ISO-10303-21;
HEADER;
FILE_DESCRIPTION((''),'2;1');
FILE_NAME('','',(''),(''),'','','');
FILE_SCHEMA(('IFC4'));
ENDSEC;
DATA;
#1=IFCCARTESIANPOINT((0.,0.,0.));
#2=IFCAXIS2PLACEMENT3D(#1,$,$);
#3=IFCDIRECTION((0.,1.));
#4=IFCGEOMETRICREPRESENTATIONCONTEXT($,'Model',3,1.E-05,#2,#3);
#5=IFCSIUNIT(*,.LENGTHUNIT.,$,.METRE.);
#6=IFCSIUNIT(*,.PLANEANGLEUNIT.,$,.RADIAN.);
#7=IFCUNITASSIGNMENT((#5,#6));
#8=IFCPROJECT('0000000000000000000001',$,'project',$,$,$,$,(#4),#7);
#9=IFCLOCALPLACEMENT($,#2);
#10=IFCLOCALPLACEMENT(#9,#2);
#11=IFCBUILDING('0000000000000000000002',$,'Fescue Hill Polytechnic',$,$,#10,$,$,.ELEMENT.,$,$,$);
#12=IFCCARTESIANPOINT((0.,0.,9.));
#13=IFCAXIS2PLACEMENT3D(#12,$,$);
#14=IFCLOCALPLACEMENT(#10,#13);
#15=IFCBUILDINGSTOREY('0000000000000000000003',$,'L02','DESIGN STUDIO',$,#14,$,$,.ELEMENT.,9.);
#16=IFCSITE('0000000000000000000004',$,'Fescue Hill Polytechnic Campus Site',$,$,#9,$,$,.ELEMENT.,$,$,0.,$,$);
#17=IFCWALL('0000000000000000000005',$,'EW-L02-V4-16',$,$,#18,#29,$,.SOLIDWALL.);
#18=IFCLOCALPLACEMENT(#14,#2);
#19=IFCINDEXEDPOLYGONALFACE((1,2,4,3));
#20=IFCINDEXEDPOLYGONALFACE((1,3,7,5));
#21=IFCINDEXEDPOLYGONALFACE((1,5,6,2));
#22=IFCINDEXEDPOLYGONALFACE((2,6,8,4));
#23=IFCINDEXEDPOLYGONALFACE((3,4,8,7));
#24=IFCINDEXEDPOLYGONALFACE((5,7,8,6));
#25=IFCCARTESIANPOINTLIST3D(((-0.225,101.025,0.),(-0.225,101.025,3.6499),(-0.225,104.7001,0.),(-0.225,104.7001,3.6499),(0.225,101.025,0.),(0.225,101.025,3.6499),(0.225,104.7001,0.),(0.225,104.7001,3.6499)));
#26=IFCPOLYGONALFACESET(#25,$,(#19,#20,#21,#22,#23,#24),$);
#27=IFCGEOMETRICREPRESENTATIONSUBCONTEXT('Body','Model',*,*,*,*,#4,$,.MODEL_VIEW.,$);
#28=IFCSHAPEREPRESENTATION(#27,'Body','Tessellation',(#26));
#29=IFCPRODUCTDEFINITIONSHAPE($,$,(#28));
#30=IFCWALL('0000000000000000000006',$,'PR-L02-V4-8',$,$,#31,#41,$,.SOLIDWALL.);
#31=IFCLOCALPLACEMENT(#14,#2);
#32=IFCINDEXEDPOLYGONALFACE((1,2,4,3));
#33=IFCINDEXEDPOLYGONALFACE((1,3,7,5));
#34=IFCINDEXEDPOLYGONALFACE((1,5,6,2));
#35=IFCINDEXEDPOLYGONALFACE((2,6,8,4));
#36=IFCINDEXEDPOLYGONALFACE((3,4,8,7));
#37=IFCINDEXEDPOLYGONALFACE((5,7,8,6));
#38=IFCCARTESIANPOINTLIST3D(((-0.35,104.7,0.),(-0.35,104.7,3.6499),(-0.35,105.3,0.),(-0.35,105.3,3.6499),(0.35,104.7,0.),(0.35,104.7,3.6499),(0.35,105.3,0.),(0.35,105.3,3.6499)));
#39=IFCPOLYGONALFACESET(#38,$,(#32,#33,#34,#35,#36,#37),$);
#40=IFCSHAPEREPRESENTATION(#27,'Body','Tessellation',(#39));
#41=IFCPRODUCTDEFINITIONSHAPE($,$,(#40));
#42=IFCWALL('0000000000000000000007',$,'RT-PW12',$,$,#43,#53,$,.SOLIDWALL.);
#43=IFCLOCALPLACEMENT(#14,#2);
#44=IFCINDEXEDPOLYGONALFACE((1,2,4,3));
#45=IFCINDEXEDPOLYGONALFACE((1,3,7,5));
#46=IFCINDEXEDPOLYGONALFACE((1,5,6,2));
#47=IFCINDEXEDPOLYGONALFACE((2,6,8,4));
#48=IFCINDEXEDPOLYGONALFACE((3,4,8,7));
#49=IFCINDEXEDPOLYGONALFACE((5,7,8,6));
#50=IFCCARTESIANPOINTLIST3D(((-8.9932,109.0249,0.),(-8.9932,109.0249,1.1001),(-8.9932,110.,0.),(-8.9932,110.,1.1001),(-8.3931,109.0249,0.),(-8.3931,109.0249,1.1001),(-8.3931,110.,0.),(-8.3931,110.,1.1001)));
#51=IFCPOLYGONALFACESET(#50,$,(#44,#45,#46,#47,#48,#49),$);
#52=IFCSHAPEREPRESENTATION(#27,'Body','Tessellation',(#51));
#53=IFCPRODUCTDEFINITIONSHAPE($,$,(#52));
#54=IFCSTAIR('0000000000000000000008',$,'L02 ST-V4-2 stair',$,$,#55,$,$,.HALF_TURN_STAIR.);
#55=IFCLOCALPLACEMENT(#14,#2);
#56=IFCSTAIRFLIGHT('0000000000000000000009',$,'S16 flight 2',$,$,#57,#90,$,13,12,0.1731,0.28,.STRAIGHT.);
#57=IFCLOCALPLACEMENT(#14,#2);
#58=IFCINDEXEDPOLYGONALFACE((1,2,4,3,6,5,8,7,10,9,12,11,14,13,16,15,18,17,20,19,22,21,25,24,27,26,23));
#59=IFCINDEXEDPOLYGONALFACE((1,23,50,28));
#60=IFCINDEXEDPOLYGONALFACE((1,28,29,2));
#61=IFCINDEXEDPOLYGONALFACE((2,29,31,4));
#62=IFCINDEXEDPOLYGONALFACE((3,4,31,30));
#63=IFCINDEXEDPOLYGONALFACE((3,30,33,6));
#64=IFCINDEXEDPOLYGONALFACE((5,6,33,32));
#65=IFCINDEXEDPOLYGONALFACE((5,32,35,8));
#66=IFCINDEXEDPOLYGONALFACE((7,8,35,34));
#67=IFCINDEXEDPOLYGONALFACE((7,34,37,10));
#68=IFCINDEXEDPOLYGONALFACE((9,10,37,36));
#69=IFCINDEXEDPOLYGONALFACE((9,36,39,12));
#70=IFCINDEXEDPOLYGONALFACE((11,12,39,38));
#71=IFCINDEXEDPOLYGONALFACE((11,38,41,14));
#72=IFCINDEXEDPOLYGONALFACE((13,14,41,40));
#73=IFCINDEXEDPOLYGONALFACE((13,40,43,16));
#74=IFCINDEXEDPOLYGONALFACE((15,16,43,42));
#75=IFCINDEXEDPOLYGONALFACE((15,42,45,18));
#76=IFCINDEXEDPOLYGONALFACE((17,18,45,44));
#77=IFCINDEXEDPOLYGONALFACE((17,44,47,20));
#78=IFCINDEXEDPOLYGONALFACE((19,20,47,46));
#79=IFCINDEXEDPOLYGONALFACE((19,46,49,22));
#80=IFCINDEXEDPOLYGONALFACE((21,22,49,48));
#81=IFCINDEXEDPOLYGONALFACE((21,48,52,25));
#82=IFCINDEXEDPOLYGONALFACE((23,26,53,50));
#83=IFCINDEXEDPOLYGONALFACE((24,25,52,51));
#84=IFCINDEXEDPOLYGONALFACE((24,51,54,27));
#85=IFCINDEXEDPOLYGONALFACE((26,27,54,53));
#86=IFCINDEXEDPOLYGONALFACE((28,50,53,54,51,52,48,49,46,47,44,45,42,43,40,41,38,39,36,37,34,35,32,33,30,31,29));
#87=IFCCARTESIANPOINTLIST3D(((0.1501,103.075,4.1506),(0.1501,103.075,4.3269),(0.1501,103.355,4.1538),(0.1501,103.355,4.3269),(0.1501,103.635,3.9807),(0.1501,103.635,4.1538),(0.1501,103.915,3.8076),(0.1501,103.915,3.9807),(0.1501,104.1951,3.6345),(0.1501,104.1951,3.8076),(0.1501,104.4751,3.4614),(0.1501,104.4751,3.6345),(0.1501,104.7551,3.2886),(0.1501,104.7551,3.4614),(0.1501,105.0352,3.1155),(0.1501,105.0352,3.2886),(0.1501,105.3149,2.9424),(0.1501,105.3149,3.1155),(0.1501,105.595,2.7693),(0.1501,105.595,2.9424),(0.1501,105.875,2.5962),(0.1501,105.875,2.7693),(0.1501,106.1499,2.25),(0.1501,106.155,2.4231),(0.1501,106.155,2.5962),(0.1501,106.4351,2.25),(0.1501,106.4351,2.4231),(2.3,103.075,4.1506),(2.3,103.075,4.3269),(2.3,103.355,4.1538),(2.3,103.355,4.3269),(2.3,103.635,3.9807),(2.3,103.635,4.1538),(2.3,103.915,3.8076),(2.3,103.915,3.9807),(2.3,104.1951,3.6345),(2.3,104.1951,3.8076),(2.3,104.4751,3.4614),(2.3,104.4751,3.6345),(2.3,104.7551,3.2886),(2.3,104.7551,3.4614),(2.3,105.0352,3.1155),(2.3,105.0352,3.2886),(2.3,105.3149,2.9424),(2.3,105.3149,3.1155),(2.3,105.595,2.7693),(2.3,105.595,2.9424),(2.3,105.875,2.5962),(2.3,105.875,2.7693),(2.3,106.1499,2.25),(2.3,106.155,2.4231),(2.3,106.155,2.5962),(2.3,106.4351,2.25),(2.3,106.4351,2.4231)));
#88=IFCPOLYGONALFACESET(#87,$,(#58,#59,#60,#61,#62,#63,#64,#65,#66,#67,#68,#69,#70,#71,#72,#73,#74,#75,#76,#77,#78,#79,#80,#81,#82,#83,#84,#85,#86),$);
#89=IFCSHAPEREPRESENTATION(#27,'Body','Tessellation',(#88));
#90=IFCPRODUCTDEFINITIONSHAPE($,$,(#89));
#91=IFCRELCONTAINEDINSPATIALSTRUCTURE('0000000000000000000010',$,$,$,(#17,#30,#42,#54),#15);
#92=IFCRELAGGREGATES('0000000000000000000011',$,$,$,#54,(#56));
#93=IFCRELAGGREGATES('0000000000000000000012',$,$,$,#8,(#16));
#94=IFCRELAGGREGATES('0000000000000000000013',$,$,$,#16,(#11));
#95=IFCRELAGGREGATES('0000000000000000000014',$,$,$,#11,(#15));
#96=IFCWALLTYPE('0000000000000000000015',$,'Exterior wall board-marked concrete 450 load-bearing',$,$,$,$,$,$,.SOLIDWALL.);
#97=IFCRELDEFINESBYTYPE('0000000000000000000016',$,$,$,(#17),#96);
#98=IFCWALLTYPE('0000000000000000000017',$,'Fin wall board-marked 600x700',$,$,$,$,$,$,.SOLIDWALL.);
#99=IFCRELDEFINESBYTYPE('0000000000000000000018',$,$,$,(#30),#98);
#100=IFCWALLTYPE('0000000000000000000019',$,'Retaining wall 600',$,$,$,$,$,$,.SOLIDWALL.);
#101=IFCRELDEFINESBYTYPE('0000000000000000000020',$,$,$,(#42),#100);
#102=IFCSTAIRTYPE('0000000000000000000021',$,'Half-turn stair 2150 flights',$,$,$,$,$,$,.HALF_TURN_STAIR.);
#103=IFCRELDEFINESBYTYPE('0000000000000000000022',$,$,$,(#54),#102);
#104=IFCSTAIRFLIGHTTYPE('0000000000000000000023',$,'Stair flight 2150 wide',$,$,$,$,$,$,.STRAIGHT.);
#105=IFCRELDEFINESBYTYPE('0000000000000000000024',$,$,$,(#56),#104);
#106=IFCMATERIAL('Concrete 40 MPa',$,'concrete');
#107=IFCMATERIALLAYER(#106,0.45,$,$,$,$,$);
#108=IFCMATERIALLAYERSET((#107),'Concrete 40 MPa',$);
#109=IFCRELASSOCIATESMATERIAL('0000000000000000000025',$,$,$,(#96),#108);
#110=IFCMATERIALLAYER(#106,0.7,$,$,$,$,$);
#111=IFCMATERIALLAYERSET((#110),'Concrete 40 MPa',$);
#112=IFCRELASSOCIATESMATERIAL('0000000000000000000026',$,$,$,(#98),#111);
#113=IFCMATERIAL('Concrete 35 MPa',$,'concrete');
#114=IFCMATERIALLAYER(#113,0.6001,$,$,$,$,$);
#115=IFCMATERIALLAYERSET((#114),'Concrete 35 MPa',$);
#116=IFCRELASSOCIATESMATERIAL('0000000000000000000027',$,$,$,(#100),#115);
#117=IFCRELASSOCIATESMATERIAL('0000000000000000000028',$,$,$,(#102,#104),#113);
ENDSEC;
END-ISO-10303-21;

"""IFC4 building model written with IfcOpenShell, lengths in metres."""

from ifc_helpers import new_model, si_unit, direction, frame, frame_2d, origin, place, context, subcontext, project, spatial, polyline, rectangle, outline, extrude, material, layer, layer_set, type_object, element, aggregate, save


model = new_model("IFC4")

# Units and contexts
model_context = context("Model", 3, precision=1e-05, world=origin(), true_north=direction((0.0, 1.0)))
body_context = subcontext(model_context, "Body", "Model", "MODEL_VIEW")
ifc_project = project(units=[si_unit("LENGTHUNIT", "METRE"), si_unit("PLANEANGLEUNIT", "RADIAN")], contexts=[model_context])

# Site, building, storey
site_placement = place(None, origin())
site = spatial("IfcSite", under=ifc_project, at=site_placement, Name="Fescue Hill Polytechnic Campus Site", CompositionType="ELEMENT", RefElevation=0.0)
building_placement = place(site_placement, origin())
building = spatial("IfcBuilding", under=site, at=building_placement, Name="Fescue Hill Polytechnic", CompositionType="ELEMENT")
storey_placement = place(building_placement, frame((0.0, 0.0, 9.0)))
storey = spatial("IfcBuildingStorey", under=building, at=storey_placement, Name="L02", Description="DESIGN STUDIO", CompositionType="ELEMENT", Elevation=9.0)

# Shared definitions
ifc_material_1 = material(Name="Concrete 40 MPa", Category="concrete")

# Shared definitions
ifc_material_2 = material(Name="Concrete 35 MPa", Category="concrete")

# Walls
ifc_layer_1 = layer(ifc_material_1, 0.45)
ifc_layer_set_1 = layer_set([ifc_layer_1], Name="Concrete 40 MPa")
wall_type_1 = type_object("IfcWallType", Name="Exterior wall board-marked concrete 450 load-bearing", PredefinedType="SOLIDWALL", material=ifc_layer_set_1)
for number, where, z_axis, x_axis, name in (
    (1, (0.0, 104.7, 0.0), (0.0, 0.0, 1.0), (0.0, -1.0, 0.0), "EW-L02-V4-16"),
):
    element("IfcWall", number, at=place(storey_placement, frame(where, z_axis=z_axis, x_axis=x_axis)), inside=storey, type_object=wall_type_1, Name=name, PredefinedType="SOLIDWALL", context=body_context, shape_type="SweptSolid", body=[
        extrude(rectangle(XDim=3.675, YDim=0.45, at=frame_2d((1.8374, 0.0))), origin(), (0.0, 0.0, 1.0), 3.6499),
    ])
ifc_layer_2 = layer(ifc_material_1, 0.7)
ifc_layer_set_2 = layer_set([ifc_layer_2], Name="Concrete 40 MPa")
wall_type_2 = type_object("IfcWallType", Name="Fin wall board-marked 600x700", PredefinedType="SOLIDWALL", material=ifc_layer_set_2)
wall_1_placement = place(storey_placement, frame((0.0, 105.3, 0.0), z_axis=(0.0, 0.0, 1.0), x_axis=(0.0, -1.0, 0.0)))
element("IfcWall", 2, at=wall_1_placement, inside=storey, type_object=wall_type_2, Name="PR-L02-V4-8", PredefinedType="SOLIDWALL", context=body_context, shape_type="SweptSolid", body=[
    extrude(rectangle(XDim=0.6001, YDim=0.7, at=frame_2d((0.3, 0.0))), origin(), (0.0, 0.0, 1.0), 3.6499),
])
ifc_layer_3 = layer(ifc_material_2, 0.6001)
ifc_layer_set_3 = layer_set([ifc_layer_3], Name="Concrete 35 MPa")
wall_type_3 = type_object("IfcWallType", Name="Retaining wall 600", PredefinedType="SOLIDWALL", material=ifc_layer_set_3)
wall_2_placement = place(storey_placement, frame((-8.6931, 109.0249, 0.0), z_axis=(0.0, 0.0, 1.0), x_axis=(0.0, 1.0, 0.0)))
element("IfcWall", 3, at=wall_2_placement, inside=storey, type_object=wall_type_3, Name="RT-PW12", PredefinedType="SOLIDWALL", context=body_context, shape_type="SweptSolid", body=[
    extrude(rectangle(XDim=0.9751, YDim=0.6001, at=frame_2d((0.4875, 0.0))), origin(), (0.0, 0.0, 1.0), 1.1001),
])

# Stair, stair flight
stair_type = type_object("IfcStairType", Name="Half-turn stair 2150 flights", PredefinedType="HALF_TURN_STAIR", material=ifc_material_2)
stair_placement = place(storey_placement, origin())
stair = element("IfcStair", 4, at=stair_placement, inside=storey, type_object=stair_type, Name="L02 ST-V4-2 stair", PredefinedType="HALF_TURN_STAIR")
stair_flight_type = type_object("IfcStairFlightType", Name="Stair flight 2150 wide", PredefinedType="STRAIGHT", material=ifc_material_2)
stair_flight_placement = place(storey_placement, frame((1.2251, 106.4351, 2.25), z_axis=(0.0, 0.0, 1.0), x_axis=(0.0, -1.0, 0.0)))
stair_flight = element("IfcStairFlight", 5, at=stair_flight_placement, type_object=stair_flight_type, Name="S16 flight 2", NumberOfRisers=13, NumberOfTreads=12, PredefinedType="STRAIGHT", RiserHeight=0.1731, TreadLength=0.28, context=body_context, shape_type="SweptSolid", body=[
    extrude(outline(polyline([(0.0, 0.0), (0.0, 0.1731), (0.28, 0.1731), (0.28, 0.3462), (0.5601, 0.3462), (0.5601, 0.5193), (0.8401, 0.5193), (0.8401, 0.6924), (1.1201, 0.6924), (1.1201, 0.8655), (1.3999, 0.8655), (1.3999, 1.0386), (1.6799, 1.0386), (1.6799, 1.2114), (1.96, 1.2114), (1.96, 1.3845), (2.24, 1.3845), (2.24, 1.5576), (2.52, 1.5576), (2.52, 1.7307), (2.8, 1.7307), (2.8, 1.9038), (3.0801, 1.9038), (3.0801, 2.0769), (3.3601, 2.0769), (3.3601, 2.25), (3.3601, 1.9006), (0.2852, 0.0), (0.0, 0.0)])), frame((0.0, 1.075, 0.0), z_axis=(0.0, -1.0, 0.0), x_axis=(1.0, 0.0, 0.0)), (0.0, 0.0, 1.0), 2.1499),
])
aggregate(stair, [stair_flight])

save(model, "model.ifc")
